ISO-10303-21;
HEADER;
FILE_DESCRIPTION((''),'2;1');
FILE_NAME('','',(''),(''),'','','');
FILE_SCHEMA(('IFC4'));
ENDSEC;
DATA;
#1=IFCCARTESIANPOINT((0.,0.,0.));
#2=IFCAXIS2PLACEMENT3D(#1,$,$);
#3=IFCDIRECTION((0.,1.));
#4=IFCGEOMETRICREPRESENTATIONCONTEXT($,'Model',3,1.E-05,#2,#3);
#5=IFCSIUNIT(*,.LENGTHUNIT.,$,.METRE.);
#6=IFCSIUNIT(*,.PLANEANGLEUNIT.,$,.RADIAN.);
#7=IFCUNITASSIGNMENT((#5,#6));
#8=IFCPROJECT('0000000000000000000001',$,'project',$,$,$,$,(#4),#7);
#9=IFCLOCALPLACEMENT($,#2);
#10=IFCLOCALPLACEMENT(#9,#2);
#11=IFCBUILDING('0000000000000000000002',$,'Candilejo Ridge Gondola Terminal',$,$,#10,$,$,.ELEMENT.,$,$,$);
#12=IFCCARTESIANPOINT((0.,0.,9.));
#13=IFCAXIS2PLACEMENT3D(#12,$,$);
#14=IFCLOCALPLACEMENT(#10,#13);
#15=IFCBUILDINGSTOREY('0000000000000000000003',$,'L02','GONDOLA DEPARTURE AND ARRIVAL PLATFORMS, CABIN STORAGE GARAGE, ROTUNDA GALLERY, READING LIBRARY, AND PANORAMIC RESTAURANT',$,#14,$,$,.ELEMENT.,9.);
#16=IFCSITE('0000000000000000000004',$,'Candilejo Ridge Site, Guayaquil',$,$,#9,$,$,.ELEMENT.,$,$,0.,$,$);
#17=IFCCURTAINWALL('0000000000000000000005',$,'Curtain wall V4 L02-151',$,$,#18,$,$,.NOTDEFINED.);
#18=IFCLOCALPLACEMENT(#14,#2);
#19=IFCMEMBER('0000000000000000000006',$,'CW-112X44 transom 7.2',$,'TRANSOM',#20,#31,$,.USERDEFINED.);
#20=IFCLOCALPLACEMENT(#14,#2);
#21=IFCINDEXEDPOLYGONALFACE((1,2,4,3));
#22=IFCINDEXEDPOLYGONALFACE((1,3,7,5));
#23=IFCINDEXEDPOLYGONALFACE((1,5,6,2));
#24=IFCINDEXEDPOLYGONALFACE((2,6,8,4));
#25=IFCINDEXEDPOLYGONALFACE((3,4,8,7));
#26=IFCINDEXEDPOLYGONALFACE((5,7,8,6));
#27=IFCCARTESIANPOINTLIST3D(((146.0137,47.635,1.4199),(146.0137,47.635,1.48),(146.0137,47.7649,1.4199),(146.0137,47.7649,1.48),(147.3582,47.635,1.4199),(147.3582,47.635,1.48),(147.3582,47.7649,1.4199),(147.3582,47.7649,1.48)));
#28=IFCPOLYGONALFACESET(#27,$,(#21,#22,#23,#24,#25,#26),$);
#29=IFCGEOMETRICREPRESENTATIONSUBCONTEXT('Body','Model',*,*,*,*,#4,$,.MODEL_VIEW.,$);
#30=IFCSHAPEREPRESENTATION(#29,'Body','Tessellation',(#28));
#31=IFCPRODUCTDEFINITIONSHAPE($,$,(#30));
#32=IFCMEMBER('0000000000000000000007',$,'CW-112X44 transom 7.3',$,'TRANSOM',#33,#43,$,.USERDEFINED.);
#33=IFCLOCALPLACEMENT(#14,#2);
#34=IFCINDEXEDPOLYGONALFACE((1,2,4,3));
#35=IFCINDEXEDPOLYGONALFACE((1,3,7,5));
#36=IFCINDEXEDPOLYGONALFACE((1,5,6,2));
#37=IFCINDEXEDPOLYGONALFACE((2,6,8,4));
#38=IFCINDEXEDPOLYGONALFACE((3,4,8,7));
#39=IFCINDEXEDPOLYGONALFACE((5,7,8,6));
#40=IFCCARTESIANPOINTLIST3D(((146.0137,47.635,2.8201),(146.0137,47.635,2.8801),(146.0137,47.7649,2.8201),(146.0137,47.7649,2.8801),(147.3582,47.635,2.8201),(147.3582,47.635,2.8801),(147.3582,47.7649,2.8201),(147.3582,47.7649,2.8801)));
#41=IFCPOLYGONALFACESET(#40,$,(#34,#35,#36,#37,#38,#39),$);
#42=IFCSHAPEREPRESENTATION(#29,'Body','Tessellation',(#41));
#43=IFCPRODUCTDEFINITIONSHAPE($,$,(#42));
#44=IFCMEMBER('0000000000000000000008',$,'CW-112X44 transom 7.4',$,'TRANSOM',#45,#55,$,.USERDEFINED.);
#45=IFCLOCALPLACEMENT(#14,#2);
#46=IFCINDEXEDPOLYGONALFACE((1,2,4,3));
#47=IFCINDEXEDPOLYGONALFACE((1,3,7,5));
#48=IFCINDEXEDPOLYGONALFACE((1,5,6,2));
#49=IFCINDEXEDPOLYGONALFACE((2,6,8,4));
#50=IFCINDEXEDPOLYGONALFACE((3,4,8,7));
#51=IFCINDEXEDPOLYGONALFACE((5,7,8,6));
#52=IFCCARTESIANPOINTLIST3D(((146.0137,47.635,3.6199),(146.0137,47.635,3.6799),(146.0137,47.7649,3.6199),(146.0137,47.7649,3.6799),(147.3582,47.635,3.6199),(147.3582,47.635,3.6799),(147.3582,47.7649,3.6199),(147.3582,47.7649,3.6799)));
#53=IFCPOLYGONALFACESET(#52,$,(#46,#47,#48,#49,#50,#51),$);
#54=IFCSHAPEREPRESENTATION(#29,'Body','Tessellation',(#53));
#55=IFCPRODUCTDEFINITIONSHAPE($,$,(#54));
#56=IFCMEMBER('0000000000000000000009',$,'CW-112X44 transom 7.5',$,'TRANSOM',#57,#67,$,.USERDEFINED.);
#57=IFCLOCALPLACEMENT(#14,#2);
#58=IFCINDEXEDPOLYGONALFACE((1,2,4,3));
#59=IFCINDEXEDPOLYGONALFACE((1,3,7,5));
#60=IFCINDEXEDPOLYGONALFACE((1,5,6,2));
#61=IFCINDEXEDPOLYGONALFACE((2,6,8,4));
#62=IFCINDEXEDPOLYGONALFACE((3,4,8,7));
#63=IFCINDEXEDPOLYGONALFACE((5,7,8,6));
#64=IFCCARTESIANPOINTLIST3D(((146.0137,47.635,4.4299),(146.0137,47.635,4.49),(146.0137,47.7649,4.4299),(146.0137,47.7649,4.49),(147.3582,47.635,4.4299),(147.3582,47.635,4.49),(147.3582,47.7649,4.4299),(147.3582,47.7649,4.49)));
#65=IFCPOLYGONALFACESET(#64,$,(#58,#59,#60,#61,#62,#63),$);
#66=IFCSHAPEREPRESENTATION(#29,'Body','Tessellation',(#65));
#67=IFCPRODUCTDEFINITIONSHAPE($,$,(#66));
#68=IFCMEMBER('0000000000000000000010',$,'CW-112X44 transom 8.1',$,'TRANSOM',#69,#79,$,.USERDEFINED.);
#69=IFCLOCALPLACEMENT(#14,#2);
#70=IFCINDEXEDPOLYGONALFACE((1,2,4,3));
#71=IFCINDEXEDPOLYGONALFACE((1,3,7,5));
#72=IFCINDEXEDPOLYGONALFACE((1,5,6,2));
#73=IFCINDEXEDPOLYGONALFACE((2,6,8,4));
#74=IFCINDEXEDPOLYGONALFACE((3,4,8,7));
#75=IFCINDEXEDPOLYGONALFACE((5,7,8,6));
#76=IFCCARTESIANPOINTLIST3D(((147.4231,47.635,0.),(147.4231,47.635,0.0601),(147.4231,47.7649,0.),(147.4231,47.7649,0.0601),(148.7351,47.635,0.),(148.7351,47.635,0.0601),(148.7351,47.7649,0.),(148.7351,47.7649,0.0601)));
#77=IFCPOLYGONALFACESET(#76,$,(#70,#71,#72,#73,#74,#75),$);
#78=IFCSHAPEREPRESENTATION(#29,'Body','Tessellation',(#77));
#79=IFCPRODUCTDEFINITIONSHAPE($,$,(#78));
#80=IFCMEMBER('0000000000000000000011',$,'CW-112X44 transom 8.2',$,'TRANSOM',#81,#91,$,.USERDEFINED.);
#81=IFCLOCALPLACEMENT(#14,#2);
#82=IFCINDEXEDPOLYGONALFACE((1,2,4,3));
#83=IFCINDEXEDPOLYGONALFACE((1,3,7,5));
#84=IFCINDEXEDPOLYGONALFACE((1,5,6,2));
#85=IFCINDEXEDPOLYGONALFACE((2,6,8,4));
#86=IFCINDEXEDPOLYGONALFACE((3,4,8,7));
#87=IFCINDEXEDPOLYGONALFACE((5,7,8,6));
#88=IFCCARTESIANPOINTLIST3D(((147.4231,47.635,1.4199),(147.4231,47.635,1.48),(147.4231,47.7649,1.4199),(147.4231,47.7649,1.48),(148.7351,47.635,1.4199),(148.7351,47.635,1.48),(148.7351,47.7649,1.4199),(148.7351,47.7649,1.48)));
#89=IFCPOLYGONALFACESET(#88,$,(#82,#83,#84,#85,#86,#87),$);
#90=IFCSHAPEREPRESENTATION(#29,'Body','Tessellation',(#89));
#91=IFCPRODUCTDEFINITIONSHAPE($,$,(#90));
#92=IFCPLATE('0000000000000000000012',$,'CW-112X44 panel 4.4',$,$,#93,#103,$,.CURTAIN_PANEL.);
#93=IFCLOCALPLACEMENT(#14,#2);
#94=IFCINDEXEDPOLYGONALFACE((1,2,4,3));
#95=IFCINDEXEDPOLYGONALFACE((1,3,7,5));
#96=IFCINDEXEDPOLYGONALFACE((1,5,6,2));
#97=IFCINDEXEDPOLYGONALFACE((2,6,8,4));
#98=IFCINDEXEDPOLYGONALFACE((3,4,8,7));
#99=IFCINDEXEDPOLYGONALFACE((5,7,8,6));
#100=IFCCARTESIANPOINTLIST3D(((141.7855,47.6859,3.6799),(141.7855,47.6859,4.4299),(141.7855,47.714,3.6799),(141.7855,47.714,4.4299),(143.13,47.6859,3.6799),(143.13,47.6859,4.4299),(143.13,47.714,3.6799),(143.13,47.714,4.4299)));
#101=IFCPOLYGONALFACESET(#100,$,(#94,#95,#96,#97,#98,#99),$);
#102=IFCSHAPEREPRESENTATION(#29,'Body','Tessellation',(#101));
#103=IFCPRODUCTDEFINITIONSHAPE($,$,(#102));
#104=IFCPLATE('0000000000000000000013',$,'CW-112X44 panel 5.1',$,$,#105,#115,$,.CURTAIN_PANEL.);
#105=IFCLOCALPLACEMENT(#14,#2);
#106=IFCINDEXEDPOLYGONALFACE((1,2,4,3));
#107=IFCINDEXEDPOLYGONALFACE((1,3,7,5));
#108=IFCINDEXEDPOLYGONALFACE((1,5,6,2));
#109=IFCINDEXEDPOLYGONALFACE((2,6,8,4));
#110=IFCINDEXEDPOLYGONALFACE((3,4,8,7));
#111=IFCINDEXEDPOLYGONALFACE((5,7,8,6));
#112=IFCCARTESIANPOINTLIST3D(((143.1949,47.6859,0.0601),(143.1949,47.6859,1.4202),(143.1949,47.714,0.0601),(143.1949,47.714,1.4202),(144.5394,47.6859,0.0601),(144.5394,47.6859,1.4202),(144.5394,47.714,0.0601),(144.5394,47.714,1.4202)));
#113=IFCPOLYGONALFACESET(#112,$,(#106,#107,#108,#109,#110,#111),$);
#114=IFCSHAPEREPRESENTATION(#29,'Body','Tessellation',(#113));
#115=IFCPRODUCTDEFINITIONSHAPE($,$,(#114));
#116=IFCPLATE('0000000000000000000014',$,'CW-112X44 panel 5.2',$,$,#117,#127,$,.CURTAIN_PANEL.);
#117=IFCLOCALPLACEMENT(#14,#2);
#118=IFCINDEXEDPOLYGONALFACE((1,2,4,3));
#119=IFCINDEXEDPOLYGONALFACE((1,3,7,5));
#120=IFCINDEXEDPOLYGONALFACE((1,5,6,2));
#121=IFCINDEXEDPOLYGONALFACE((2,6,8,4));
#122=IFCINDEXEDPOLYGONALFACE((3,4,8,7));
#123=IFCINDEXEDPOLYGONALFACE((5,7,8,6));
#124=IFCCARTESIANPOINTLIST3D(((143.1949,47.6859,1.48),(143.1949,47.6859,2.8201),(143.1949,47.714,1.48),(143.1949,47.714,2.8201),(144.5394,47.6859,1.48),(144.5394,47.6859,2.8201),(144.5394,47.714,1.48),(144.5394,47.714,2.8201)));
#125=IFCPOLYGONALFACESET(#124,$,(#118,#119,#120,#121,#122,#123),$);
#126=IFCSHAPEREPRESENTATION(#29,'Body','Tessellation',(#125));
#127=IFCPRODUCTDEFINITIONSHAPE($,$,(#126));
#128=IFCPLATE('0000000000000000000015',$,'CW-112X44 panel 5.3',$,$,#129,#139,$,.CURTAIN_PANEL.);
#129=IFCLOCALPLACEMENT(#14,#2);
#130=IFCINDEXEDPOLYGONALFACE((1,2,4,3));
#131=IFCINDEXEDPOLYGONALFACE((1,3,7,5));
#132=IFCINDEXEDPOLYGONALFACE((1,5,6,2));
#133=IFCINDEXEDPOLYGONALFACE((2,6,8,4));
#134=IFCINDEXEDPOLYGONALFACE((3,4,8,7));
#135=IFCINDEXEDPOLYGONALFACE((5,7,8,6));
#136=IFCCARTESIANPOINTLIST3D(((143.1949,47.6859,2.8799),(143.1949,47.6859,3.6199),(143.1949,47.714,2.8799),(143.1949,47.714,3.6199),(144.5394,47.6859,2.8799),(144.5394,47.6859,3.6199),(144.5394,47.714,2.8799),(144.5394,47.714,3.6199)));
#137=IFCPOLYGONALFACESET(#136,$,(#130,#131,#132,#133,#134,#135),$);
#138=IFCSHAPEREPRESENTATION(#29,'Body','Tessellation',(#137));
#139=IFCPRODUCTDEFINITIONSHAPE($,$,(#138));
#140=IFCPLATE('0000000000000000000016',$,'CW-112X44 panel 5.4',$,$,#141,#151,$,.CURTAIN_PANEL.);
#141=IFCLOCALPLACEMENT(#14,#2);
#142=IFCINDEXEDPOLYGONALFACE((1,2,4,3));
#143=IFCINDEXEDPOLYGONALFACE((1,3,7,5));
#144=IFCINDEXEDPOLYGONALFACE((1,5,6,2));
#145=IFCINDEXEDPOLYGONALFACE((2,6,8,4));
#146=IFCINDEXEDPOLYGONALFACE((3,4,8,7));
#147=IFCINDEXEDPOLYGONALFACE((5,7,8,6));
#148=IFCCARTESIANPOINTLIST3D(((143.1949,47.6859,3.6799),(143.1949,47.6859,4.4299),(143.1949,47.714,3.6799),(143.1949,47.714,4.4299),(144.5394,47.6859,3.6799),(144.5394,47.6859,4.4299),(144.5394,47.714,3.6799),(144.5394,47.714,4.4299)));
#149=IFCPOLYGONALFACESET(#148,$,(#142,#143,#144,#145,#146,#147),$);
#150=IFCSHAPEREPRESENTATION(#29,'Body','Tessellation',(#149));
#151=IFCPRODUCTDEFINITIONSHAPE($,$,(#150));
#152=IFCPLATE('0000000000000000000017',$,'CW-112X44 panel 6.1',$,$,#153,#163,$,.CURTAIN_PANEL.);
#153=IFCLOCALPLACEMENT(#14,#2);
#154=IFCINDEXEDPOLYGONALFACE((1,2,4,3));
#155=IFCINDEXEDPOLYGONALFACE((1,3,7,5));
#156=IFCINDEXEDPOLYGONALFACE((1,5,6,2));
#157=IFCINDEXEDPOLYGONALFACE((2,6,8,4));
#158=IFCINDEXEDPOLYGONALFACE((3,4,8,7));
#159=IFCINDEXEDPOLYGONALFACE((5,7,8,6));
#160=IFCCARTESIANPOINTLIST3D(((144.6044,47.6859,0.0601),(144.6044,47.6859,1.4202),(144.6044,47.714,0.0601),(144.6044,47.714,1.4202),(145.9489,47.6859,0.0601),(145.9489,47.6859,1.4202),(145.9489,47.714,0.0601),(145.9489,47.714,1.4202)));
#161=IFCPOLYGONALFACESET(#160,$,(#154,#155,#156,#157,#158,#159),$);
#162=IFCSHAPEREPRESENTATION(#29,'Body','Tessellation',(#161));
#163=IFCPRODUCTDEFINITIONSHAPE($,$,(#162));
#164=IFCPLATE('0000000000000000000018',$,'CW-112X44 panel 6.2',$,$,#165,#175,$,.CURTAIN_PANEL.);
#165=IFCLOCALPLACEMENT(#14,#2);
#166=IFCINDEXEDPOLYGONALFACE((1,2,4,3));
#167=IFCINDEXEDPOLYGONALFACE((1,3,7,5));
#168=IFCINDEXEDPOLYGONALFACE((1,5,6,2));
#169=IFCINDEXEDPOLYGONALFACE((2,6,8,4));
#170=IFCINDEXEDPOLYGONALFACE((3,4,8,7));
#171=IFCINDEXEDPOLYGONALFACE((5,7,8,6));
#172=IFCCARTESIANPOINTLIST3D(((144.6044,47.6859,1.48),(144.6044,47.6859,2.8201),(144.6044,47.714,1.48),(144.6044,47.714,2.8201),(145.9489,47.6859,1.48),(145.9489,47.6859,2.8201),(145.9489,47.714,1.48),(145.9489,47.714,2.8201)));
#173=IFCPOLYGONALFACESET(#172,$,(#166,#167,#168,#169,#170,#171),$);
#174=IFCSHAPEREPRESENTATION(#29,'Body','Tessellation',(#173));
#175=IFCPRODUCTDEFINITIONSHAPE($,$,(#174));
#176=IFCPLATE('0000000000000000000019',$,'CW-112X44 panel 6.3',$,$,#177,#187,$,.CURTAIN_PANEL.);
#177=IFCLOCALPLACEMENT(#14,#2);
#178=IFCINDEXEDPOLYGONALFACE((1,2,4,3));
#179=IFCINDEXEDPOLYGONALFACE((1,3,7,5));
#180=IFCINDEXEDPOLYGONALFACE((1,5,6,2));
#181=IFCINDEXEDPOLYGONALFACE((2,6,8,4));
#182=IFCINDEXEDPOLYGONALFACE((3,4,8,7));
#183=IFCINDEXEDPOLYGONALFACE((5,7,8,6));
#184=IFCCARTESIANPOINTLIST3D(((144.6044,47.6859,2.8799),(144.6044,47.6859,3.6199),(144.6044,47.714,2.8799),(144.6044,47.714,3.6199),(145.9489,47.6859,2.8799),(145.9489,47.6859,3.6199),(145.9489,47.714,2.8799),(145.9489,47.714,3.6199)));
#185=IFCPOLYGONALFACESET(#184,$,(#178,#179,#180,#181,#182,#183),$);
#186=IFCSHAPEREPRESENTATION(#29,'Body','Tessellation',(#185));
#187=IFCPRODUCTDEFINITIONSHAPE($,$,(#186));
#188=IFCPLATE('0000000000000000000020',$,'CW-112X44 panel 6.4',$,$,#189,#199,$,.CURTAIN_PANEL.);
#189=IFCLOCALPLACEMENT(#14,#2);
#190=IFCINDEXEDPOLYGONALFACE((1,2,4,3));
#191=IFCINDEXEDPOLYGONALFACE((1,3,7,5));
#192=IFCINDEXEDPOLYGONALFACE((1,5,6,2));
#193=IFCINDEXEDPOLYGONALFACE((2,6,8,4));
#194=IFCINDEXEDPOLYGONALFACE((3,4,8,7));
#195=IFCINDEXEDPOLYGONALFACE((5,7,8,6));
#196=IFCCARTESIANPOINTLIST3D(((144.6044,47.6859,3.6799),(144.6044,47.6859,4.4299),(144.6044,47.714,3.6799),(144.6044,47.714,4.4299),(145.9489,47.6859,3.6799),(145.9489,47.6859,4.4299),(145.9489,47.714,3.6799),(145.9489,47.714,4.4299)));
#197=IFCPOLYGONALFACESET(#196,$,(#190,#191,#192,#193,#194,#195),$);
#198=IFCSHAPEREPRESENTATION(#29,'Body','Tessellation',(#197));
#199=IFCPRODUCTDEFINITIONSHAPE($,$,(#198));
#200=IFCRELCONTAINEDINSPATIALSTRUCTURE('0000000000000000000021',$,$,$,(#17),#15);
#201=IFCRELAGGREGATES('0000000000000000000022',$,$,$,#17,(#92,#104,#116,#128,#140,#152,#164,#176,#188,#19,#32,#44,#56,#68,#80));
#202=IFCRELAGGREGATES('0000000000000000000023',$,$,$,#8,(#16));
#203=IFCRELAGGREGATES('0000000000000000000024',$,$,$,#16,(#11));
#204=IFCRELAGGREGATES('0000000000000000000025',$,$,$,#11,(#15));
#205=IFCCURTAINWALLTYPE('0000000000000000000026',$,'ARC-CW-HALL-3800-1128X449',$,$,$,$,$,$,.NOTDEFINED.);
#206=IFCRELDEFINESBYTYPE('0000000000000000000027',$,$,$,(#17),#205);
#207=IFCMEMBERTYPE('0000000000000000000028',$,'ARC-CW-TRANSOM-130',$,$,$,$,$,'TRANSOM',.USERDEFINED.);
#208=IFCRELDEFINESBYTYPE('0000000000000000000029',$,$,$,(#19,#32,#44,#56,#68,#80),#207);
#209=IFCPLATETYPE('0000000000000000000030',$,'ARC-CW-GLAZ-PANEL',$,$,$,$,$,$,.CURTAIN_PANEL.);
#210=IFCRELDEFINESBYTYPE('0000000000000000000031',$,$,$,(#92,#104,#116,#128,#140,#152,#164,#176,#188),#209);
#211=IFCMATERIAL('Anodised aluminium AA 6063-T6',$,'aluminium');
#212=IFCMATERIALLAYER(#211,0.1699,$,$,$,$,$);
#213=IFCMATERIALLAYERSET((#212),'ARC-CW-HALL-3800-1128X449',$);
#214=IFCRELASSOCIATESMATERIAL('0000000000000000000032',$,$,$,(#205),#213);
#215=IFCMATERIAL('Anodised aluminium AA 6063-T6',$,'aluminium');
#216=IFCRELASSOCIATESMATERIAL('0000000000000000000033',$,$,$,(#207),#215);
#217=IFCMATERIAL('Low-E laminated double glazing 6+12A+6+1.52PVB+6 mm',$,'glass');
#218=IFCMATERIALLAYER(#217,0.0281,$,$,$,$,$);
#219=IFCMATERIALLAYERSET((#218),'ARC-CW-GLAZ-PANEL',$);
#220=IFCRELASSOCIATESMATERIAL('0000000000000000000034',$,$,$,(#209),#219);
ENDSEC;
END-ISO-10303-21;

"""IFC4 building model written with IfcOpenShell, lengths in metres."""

from ifc_helpers import new_model, si_unit, direction, frame, origin, origin_2d, place, context, subcontext, project, spatial, rectangle, extrude, material, layer, layer_set, material_profile, profile_set, type_object, element, aggregate, save


model = new_model("IFC4")

# Units and contexts
model_context = context("Model", 3, precision=1e-05, world=origin(), true_north=direction((0.0, 1.0)))
body_context = subcontext(model_context, "Body", "Model", "MODEL_VIEW")
ifc_project = project(units=[si_unit("LENGTHUNIT", "METRE"), si_unit("PLANEANGLEUNIT", "RADIAN")], contexts=[model_context])

# Site, building, storey
site_placement = place(None, origin())
site = spatial("IfcSite", under=ifc_project, at=site_placement, Name="Candilejo Ridge Site, Guayaquil", CompositionType="ELEMENT", RefElevation=0.0)
building_placement = place(site_placement, origin())
building = spatial("IfcBuilding", under=site, at=building_placement, Name="Candilejo Ridge Gondola Terminal", CompositionType="ELEMENT")
storey_placement = place(building_placement, frame((0.0, 0.0, 9.0)))
storey = spatial("IfcBuildingStorey", under=building, at=storey_placement, Name="L02", Description="GONDOLA DEPARTURE AND ARRIVAL PLATFORMS, CABIN STORAGE GARAGE, ROTUNDA GALLERY, READING LIBRARY, AND PANORAMIC RESTAURANT", CompositionType="ELEMENT", Elevation=9.0)

# Curtain wall, members, plates
ifc_material_1 = material(Name="Anodised aluminium AA 6063-T6", Category="aluminium")
ifc_layer_1 = layer(ifc_material_1, 0.1699)
ifc_layer_set_1 = layer_set([ifc_layer_1], Name="ARC-CW-HALL-3800-1128X449")
curtain_wall_type = type_object("IfcCurtainWallType", Name="ARC-CW-HALL-3800-1128X449", PredefinedType="NOTDEFINED", material=ifc_layer_set_1)
curtain_wall_placement = place(storey_placement, origin())
curtain_wall = element("IfcCurtainWall", 1, at=curtain_wall_placement, inside=storey, type_object=curtain_wall_type, Name="Curtain wall V4 L02-151", PredefinedType="NOTDEFINED")
ifc_material_2 = material(Name="Anodised aluminium AA 6063-T6", Category="aluminium")
ifc_material_profile_1 = material_profile(ifc_material_2, rectangle(XDim=0.1299, YDim=0.0601, at=origin_2d()))
ifc_profile_set_1 = profile_set([ifc_material_profile_1], Name="Anodised aluminium AA 6063-T6")
member_type_1 = type_object("IfcMemberType", Name="ARC-CW-TRANSOM-130", ElementType="TRANSOM", PredefinedType="USERDEFINED", material=ifc_profile_set_1)
member_1_placement = place(storey_placement, frame((146.0137, 47.7, 1.45), z_axis=(1.0, 0.0, 0.0), x_axis=(0.0, 1.0, 0.0)))
member_1 = element("IfcMember", 2, at=member_1_placement, type_object=member_type_1, Name="CW-112X44 transom 7.2", ObjectType="TRANSOM", PredefinedType="USERDEFINED", context=body_context, shape_type="SweptSolid", body=[
    extrude(rectangle(XDim=0.1299, YDim=0.0601, at=origin_2d()), origin(), (0.0, 0.0, 1.0), 1.3445),
])
member_2_placement = place(storey_placement, frame((146.0137, 47.7, 2.8501), z_axis=(1.0, 0.0, 0.0), x_axis=(0.0, 1.0, 0.0)))
member_2 = element("IfcMember", 3, at=member_2_placement, type_object=member_type_1, Name="CW-112X44 transom 7.3", ObjectType="TRANSOM", PredefinedType="USERDEFINED", context=body_context, shape_type="SweptSolid", body=[
    extrude(rectangle(XDim=0.1299, YDim=0.0601, at=origin_2d()), origin(), (0.0, 0.0, 1.0), 1.3445),
])
member_3_placement = place(storey_placement, frame((146.0137, 47.7, 3.6499), z_axis=(1.0, 0.0, 0.0), x_axis=(0.0, 1.0, 0.0)))
member_3 = element("IfcMember", 4, at=member_3_placement, type_object=member_type_1, Name="CW-112X44 transom 7.4", ObjectType="TRANSOM", PredefinedType="USERDEFINED", context=body_context, shape_type="SweptSolid", body=[
    extrude(rectangle(XDim=0.1299, YDim=0.0601, at=origin_2d()), origin(), (0.0, 0.0, 1.0), 1.3445),
])
member_4_placement = place(storey_placement, frame((146.0137, 47.7, 4.46), z_axis=(1.0, 0.0, 0.0), x_axis=(0.0, 1.0, 0.0)))
member_4 = element("IfcMember", 5, at=member_4_placement, type_object=member_type_1, Name="CW-112X44 transom 7.5", ObjectType="TRANSOM", PredefinedType="USERDEFINED", context=body_context, shape_type="SweptSolid", body=[
    extrude(rectangle(XDim=0.1299, YDim=0.0601, at=origin_2d()), origin(), (0.0, 0.0, 1.0), 1.3445),
])
member_5_placement = place(storey_placement, frame((147.4231, 47.7, 0.03), z_axis=(1.0, 0.0, 0.0), x_axis=(0.0, 1.0, 0.0)))
member_5 = element("IfcMember", 6, at=member_5_placement, type_object=member_type_1, Name="CW-112X44 transom 8.1", ObjectType="TRANSOM", PredefinedType="USERDEFINED", context=body_context, shape_type="SweptSolid", body=[
    extrude(rectangle(XDim=0.1299, YDim=0.0601, at=origin_2d()), origin(), (0.0, 0.0, 1.0), 1.312),
])
member_6_placement = place(storey_placement, frame((147.4231, 47.7, 1.45), z_axis=(1.0, 0.0, 0.0), x_axis=(0.0, 1.0, 0.0)))
member_6 = element("IfcMember", 7, at=member_6_placement, type_object=member_type_1, Name="CW-112X44 transom 8.2", ObjectType="TRANSOM", PredefinedType="USERDEFINED", context=body_context, shape_type="SweptSolid", body=[
    extrude(rectangle(XDim=0.1299, YDim=0.0601, at=origin_2d()), origin(), (0.0, 0.0, 1.0), 1.312),
])
ifc_material_3 = material(Name="Low-E laminated double glazing 6+12A+6+1.52PVB+6 mm", Category="glass")
ifc_layer_2 = layer(ifc_material_3, 0.0281)
ifc_layer_set_2 = layer_set([ifc_layer_2], Name="ARC-CW-GLAZ-PANEL")
plate_type = type_object("IfcPlateType", Name="ARC-CW-GLAZ-PANEL", PredefinedType="CURTAIN_PANEL", material=ifc_layer_set_2)
plate_1_placement = place(storey_placement, frame((142.4578, 47.7, 3.6799), z_axis=(0.0, 0.0, 1.0), x_axis=(1.0, 0.0, 0.0)))
plate_1 = element("IfcPlate", 8, at=plate_1_placement, type_object=plate_type, Name="CW-112X44 panel 4.4", PredefinedType="CURTAIN_PANEL", context=body_context, shape_type="SweptSolid", body=[
    extrude(rectangle(XDim=1.3445, YDim=0.0281, at=origin_2d()), origin(), (0.0, 0.0, 1.0), 0.75),
])
plate_2_placement = place(storey_placement, frame((143.8672, 47.7, 0.0601), z_axis=(0.0, 0.0, 1.0), x_axis=(1.0, 0.0, 0.0)))
plate_2 = element("IfcPlate", 9, at=plate_2_placement, type_object=plate_type, Name="CW-112X44 panel 5.1", PredefinedType="CURTAIN_PANEL", context=body_context, shape_type="SweptSolid", body=[
    extrude(rectangle(XDim=1.3445, YDim=0.0281, at=origin_2d()), origin(), (0.0, 0.0, 1.0), 1.3601),
])
plate_3_placement = place(storey_placement, frame((143.8672, 47.7, 1.48), z_axis=(0.0, 0.0, 1.0), x_axis=(1.0, 0.0, 0.0)))
plate_3 = element("IfcPlate", 10, at=plate_3_placement, type_object=plate_type, Name="CW-112X44 panel 5.2", PredefinedType="CURTAIN_PANEL", context=body_context, shape_type="SweptSolid", body=[
    extrude(rectangle(XDim=1.3445, YDim=0.0281, at=origin_2d()), origin(), (0.0, 0.0, 1.0), 1.3401),
])
plate_4_placement = place(storey_placement, frame((143.8672, 47.7, 2.8799), z_axis=(0.0, 0.0, 1.0), x_axis=(1.0, 0.0, 0.0)))
plate_4 = element("IfcPlate", 11, at=plate_4_placement, type_object=plate_type, Name="CW-112X44 panel 5.3", PredefinedType="CURTAIN_PANEL", context=body_context, shape_type="SweptSolid", body=[
    extrude(rectangle(XDim=1.3445, YDim=0.0281, at=origin_2d()), origin(), (0.0, 0.0, 1.0), 0.74),
])
plate_5_placement = place(storey_placement, frame((143.8672, 47.7, 3.6799), z_axis=(0.0, 0.0, 1.0), x_axis=(1.0, 0.0, 0.0)))
plate_5 = element("IfcPlate", 12, at=plate_5_placement, type_object=plate_type, Name="CW-112X44 panel 5.4", PredefinedType="CURTAIN_PANEL", context=body_context, shape_type="SweptSolid", body=[
    extrude(rectangle(XDim=1.3445, YDim=0.0281, at=origin_2d()), origin(), (0.0, 0.0, 1.0), 0.75),
])
plate_6_placement = place(storey_placement, frame((145.2766, 47.7, 0.0601), z_axis=(0.0, 0.0, 1.0), x_axis=(1.0, 0.0, 0.0)))
plate_6 = element("IfcPlate", 13, at=plate_6_placement, type_object=plate_type, Name="CW-112X44 panel 6.1", PredefinedType="CURTAIN_PANEL", context=body_context, shape_type="SweptSolid", body=[
    extrude(rectangle(XDim=1.3445, YDim=0.0281, at=origin_2d()), origin(), (0.0, 0.0, 1.0), 1.3601),
])
plate_7_placement = place(storey_placement, frame((145.2766, 47.7, 1.48), z_axis=(0.0, 0.0, 1.0), x_axis=(1.0, 0.0, 0.0)))
plate_7 = element("IfcPlate", 14, at=plate_7_placement, type_object=plate_type, Name="CW-112X44 panel 6.2", PredefinedType="CURTAIN_PANEL", context=body_context, shape_type="SweptSolid", body=[
    extrude(rectangle(XDim=1.3445, YDim=0.0281, at=origin_2d()), origin(), (0.0, 0.0, 1.0), 1.3401),
])
plate_8_placement = place(storey_placement, frame((145.2766, 47.7, 2.8799), z_axis=(0.0, 0.0, 1.0), x_axis=(1.0, 0.0, 0.0)))
plate_8 = element("IfcPlate", 15, at=plate_8_placement, type_object=plate_type, Name="CW-112X44 panel 6.3", PredefinedType="CURTAIN_PANEL", context=body_context, shape_type="SweptSolid", body=[
    extrude(rectangle(XDim=1.3445, YDim=0.0281, at=origin_2d()), origin(), (0.0, 0.0, 1.0), 0.74),
])
plate_9_placement = place(storey_placement, frame((145.2766, 47.7, 3.6799), z_axis=(0.0, 0.0, 1.0), x_axis=(1.0, 0.0, 0.0)))
plate_9 = element("IfcPlate", 16, at=plate_9_placement, type_object=plate_type, Name="CW-112X44 panel 6.4", PredefinedType="CURTAIN_PANEL", context=body_context, shape_type="SweptSolid", body=[
    extrude(rectangle(XDim=1.3445, YDim=0.0281, at=origin_2d()), origin(), (0.0, 0.0, 1.0), 0.75),
])
aggregate(curtain_wall, [plate_1, plate_2, plate_3, plate_4, plate_5, plate_6, plate_7, plate_8, plate_9, member_1, member_2, member_3, member_4, member_5, member_6])

save(model, "model.ifc")
